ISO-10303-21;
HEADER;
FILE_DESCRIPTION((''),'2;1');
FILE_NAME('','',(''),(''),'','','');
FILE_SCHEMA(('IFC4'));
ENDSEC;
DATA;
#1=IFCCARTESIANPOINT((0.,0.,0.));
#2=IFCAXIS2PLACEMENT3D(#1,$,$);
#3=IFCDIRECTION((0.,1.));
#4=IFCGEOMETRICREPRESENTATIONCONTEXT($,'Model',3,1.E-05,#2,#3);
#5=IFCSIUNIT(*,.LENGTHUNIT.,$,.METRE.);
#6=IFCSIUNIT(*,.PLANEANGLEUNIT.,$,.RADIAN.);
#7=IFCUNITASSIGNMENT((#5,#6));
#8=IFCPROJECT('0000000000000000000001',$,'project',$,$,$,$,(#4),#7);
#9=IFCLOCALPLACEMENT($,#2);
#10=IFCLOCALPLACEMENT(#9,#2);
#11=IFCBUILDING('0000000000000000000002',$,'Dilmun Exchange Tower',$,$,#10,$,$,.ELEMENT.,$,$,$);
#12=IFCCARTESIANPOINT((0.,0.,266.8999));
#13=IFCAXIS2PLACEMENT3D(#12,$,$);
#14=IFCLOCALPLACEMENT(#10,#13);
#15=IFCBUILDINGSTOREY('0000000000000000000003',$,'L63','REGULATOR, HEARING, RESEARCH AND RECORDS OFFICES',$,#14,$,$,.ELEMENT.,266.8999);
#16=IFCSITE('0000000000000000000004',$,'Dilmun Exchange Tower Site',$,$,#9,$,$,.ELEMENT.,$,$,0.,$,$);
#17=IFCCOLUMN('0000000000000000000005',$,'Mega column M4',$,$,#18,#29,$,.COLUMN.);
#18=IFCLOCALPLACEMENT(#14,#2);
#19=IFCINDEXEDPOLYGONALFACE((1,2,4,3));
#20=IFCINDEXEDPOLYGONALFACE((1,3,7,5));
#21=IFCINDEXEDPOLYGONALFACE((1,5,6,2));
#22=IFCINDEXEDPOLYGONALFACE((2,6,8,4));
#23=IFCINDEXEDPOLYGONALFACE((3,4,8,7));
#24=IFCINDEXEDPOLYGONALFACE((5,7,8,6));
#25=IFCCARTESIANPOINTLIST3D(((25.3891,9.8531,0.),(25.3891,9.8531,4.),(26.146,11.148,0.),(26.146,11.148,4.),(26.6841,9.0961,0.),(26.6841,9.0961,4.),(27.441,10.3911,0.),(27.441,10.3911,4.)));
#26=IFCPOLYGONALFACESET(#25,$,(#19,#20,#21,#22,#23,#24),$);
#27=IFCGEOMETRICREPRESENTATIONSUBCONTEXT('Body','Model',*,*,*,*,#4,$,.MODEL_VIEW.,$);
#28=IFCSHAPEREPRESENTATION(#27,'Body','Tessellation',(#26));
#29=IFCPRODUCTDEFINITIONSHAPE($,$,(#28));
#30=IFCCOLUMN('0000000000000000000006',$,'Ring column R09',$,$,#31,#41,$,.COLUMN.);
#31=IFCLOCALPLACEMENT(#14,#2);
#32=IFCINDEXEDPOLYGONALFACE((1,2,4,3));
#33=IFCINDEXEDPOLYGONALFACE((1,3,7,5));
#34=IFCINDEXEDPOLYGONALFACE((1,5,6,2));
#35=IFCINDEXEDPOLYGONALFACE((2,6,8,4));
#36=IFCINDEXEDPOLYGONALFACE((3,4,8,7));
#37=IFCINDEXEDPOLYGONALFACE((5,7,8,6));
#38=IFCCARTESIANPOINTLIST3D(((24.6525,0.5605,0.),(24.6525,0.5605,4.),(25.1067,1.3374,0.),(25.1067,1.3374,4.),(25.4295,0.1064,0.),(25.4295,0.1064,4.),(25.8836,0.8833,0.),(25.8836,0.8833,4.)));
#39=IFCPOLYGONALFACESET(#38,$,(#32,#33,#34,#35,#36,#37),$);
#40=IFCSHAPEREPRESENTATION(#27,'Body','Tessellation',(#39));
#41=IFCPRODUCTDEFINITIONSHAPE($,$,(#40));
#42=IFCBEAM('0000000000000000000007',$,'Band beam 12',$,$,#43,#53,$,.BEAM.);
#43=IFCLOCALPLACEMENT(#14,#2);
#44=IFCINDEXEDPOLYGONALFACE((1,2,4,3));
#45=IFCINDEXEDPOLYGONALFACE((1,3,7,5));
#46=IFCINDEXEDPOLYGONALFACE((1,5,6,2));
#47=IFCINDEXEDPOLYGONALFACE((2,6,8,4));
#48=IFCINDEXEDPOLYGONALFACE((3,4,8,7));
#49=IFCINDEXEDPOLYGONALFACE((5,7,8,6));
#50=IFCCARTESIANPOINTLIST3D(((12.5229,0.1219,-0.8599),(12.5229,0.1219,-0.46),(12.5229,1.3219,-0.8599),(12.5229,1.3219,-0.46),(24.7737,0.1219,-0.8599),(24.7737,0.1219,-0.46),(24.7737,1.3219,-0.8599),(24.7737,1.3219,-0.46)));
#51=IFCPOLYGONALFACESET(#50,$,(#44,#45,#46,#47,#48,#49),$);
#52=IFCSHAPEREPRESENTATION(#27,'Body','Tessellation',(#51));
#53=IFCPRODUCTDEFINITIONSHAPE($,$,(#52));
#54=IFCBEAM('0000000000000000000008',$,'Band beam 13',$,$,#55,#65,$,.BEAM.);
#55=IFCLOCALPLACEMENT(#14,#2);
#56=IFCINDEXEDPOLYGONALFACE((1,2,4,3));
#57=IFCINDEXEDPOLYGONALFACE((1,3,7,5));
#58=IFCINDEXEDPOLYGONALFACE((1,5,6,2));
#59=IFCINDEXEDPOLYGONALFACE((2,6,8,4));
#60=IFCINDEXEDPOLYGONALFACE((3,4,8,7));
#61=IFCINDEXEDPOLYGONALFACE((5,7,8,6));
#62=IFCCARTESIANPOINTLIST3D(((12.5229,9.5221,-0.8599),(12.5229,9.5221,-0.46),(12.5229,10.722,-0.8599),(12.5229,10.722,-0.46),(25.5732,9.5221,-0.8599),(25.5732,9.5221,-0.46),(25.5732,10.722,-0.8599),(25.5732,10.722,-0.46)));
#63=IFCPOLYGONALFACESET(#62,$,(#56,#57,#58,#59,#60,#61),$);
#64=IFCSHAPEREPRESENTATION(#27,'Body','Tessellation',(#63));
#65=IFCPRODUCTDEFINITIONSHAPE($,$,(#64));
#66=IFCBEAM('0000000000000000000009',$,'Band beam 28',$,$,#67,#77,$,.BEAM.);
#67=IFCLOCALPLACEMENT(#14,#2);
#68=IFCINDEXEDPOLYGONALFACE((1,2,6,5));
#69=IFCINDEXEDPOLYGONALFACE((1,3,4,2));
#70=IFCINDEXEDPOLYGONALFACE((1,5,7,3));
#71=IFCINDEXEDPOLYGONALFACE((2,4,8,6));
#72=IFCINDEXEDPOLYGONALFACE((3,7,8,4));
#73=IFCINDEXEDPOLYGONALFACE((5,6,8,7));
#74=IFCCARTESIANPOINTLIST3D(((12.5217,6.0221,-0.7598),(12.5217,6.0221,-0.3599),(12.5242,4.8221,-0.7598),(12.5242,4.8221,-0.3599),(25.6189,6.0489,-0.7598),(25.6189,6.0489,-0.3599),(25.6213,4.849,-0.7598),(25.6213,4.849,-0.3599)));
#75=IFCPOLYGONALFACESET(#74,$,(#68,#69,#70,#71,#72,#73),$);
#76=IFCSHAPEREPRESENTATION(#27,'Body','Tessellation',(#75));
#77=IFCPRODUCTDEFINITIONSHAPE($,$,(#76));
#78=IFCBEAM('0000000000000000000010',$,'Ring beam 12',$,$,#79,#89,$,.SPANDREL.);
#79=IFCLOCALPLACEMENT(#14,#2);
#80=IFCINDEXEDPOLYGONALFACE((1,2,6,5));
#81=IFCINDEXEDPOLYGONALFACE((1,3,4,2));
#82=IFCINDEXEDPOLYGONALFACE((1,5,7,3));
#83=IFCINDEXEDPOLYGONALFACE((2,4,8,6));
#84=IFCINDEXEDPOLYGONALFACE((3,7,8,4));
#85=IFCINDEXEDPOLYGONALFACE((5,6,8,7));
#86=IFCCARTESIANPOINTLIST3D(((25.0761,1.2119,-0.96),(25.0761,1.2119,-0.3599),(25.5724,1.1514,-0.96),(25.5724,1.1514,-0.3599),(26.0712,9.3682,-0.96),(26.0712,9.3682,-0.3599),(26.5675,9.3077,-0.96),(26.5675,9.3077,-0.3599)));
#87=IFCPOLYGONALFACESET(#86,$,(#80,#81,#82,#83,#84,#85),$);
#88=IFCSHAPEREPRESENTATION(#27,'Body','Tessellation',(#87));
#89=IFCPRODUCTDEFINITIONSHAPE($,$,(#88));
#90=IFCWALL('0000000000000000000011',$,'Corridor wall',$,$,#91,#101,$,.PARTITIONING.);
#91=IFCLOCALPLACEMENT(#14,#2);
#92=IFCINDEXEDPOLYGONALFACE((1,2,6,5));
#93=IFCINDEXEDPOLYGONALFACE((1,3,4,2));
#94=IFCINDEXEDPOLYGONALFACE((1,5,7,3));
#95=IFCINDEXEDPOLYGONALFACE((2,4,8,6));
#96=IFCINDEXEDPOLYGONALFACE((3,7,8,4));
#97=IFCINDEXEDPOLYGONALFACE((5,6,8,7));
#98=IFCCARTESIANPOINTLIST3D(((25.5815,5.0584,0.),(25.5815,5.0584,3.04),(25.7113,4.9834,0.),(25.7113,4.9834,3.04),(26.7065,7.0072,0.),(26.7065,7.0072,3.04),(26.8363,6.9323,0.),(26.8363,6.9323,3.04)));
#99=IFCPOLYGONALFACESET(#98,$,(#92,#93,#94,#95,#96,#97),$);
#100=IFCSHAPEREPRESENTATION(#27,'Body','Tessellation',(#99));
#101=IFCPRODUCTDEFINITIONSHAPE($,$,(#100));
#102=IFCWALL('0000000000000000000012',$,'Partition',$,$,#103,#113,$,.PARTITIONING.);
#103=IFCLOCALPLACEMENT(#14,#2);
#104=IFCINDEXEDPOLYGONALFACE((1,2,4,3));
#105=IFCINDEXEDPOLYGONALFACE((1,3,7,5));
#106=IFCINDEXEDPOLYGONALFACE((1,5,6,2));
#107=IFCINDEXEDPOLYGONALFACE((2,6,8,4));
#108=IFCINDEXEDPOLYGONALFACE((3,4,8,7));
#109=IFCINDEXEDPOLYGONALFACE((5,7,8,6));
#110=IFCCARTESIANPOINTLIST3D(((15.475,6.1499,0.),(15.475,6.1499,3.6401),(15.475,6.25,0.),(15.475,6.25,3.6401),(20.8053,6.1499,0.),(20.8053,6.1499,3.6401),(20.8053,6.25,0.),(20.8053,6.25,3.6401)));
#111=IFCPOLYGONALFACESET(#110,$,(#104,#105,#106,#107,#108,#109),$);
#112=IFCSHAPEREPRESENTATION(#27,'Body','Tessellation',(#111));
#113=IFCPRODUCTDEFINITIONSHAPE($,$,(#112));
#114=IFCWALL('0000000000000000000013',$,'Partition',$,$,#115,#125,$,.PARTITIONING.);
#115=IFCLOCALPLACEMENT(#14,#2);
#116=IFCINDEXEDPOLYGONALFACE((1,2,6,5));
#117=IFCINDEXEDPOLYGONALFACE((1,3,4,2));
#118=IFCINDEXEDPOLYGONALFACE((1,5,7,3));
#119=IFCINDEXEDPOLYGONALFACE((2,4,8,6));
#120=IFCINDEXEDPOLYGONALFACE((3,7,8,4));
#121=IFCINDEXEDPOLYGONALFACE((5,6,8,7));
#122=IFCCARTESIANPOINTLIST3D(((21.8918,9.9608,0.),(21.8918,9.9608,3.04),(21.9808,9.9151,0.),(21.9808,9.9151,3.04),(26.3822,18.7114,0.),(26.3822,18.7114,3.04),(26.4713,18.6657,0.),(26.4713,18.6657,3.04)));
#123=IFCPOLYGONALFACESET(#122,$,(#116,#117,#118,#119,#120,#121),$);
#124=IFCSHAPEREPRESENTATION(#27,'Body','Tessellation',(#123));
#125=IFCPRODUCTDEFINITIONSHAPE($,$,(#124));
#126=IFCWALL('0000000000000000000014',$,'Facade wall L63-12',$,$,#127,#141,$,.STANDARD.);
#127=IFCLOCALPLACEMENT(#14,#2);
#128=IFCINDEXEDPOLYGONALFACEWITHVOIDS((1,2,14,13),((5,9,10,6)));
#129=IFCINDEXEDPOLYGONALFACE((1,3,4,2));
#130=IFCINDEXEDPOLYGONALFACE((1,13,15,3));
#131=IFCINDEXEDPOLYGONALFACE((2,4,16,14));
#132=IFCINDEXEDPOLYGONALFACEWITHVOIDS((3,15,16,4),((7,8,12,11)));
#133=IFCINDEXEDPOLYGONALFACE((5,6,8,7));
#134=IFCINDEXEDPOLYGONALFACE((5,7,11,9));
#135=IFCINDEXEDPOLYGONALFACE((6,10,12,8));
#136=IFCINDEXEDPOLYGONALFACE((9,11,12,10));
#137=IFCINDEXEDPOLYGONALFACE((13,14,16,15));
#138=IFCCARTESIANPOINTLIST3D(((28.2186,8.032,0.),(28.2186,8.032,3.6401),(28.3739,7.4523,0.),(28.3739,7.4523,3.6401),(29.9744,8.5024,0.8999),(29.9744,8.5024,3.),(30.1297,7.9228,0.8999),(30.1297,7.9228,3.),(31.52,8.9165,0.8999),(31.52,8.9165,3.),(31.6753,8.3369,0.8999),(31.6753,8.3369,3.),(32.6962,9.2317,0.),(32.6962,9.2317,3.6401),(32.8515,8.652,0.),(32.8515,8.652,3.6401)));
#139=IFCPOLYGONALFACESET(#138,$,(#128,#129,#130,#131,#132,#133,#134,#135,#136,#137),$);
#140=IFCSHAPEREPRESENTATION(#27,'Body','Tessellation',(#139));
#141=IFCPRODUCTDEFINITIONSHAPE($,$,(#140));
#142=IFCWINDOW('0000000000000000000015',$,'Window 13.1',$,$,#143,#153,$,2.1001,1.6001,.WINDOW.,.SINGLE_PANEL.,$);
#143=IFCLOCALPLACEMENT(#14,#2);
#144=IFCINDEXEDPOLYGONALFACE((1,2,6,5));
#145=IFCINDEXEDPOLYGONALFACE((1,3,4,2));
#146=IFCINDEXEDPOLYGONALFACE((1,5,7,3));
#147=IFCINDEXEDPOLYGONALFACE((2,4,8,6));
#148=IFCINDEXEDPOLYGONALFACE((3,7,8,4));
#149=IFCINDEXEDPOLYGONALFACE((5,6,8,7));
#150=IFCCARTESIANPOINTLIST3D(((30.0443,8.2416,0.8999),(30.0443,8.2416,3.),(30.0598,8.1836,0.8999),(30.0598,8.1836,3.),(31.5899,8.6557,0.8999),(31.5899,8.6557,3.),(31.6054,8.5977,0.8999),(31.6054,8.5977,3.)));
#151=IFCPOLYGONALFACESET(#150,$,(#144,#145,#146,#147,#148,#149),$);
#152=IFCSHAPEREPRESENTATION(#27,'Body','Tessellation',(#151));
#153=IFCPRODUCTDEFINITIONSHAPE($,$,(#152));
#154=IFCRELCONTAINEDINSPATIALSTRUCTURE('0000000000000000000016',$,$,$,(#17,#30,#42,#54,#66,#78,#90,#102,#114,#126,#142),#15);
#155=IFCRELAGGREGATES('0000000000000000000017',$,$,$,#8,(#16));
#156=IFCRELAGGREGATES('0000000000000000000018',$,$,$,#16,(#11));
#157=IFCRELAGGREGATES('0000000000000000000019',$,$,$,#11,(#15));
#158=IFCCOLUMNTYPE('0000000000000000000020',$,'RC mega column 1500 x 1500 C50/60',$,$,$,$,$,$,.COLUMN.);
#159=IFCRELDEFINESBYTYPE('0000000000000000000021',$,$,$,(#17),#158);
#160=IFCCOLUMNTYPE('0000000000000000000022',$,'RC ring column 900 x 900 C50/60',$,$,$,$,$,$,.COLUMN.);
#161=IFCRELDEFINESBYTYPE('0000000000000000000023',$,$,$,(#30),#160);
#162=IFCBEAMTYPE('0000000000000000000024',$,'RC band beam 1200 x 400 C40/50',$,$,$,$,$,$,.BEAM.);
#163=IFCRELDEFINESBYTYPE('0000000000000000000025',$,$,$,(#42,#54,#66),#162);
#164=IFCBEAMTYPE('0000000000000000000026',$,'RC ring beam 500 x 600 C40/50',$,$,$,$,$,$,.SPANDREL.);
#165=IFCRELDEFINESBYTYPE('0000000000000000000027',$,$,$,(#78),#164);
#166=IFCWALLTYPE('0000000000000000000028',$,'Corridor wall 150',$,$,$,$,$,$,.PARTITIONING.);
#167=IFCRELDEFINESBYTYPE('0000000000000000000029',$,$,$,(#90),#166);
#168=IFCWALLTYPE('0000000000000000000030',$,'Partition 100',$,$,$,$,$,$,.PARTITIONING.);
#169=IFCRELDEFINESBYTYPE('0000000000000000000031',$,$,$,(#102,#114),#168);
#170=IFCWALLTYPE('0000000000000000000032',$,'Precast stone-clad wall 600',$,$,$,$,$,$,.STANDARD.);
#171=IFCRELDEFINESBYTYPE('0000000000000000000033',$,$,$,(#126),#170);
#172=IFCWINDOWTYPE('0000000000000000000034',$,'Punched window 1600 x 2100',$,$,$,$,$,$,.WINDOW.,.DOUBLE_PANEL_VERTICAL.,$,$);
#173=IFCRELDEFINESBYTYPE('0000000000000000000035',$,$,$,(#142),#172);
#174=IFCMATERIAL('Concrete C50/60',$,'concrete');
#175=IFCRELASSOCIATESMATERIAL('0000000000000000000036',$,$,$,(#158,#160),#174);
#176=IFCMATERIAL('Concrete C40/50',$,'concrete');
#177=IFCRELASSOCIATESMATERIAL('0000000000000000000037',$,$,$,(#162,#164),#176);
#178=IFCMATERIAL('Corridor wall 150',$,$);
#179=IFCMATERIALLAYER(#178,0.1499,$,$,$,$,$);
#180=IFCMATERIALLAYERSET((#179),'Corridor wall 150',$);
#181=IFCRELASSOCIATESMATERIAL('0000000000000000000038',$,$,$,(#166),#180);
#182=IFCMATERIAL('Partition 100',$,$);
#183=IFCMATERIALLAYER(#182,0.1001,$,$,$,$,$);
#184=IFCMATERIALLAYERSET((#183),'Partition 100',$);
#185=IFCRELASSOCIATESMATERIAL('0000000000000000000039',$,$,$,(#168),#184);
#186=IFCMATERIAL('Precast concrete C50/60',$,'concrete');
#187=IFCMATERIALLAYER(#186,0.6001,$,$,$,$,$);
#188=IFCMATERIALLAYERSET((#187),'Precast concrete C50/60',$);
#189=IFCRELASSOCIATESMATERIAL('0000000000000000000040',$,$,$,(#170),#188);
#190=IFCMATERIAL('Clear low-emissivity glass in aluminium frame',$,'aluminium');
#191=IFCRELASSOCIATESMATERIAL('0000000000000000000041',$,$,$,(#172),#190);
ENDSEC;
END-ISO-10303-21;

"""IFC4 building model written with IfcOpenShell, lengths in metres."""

from ifc_helpers import new_model, si_unit, direction, frame, frame_2d, origin, origin_2d, place, context, subcontext, project, spatial, rectangle, extrude, material, layer, layer_set, material_profile, profile_set, type_object, element, fill, save


model = new_model("IFC4")

# Units and contexts
model_context = context("Model", 3, precision=1e-05, world=origin(), true_north=direction((0.0, 1.0)))
body_context = subcontext(model_context, "Body", "Model", "MODEL_VIEW")
ifc_project = project(units=[si_unit("LENGTHUNIT", "METRE"), si_unit("PLANEANGLEUNIT", "RADIAN")], contexts=[model_context])

# Site, building, storey
site_placement = place(None, origin())
site = spatial("IfcSite", under=ifc_project, at=site_placement, Name="Dilmun Exchange Tower Site", CompositionType="ELEMENT", RefElevation=0.0)
building_placement = place(site_placement, origin())
building = spatial("IfcBuilding", under=site, at=building_placement, Name="Dilmun Exchange Tower", CompositionType="ELEMENT")
storey_placement = place(building_placement, frame((0.0, 0.0, 266.8999)))
storey = spatial("IfcBuildingStorey", under=building, at=storey_placement, Name="L63", Description="REGULATOR, HEARING, RESEARCH AND RECORDS OFFICES", CompositionType="ELEMENT", Elevation=266.8999)

# Columns
ifc_material_1 = material(Name="Concrete C50/60", Category="concrete")
ifc_material_profile_1 = material_profile(ifc_material_1, rectangle(XDim=1.5, YDim=1.5, at=origin_2d()), Name="1500 x 1500")
ifc_profile_set_1 = profile_set([ifc_material_profile_1], Name="Concrete C50/60")
column_type_1 = type_object("IfcColumnType", Name="RC mega column 1500 x 1500 C50/60", PredefinedType="COLUMN", material=ifc_profile_set_1)
column_1_placement = place(storey_placement, frame((26.415, 10.1221, 0.0), z_axis=(0.0, 0.0, 1.0), x_axis=(0.504644, 0.863328, 0.0)))
element("IfcColumn", 1, at=column_1_placement, inside=storey, type_object=column_type_1, Name="Mega column M4", PredefinedType="COLUMN", context=body_context, shape_type="SweptSolid", body=[
    extrude(rectangle(XDim=1.5, YDim=1.5, at=origin_2d()), origin(), (0.0, 0.0, 1.0), 4.0),
])
ifc_material_profile_2 = material_profile(ifc_material_1, rectangle(XDim=0.8999, YDim=0.8999, at=origin_2d()), Name="900 x 900")
ifc_profile_set_2 = profile_set([ifc_material_profile_2], Name="Concrete C50/60")
column_type_2 = type_object("IfcColumnType", Name="RC ring column 900 x 900 C50/60", PredefinedType="COLUMN", material=ifc_profile_set_2)
column_2_placement = place(storey_placement, frame((25.2681, 0.7219, 0.0), z_axis=(0.0, 0.0, 1.0), x_axis=(0.504644, 0.863328, 0.0)))
element("IfcColumn", 2, at=column_2_placement, inside=storey, type_object=column_type_2, Name="Ring column R09", PredefinedType="COLUMN", context=body_context, shape_type="SweptSolid", body=[
    extrude(rectangle(XDim=0.8999, YDim=0.8999, at=origin_2d()), origin(), (0.0, 0.0, 1.0), 4.0),
])

# Beams
ifc_material_2 = material(Name="Concrete C40/50", Category="concrete")
ifc_material_profile_3 = material_profile(ifc_material_2, rectangle(XDim=1.2, YDim=0.3999, at=origin_2d()), Name="1200 x 400")
ifc_profile_set_3 = profile_set([ifc_material_profile_3], Name="Concrete C40/50")
beam_type_1 = type_object("IfcBeamType", Name="RC band beam 1200 x 400 C40/50", PredefinedType="BEAM", material=ifc_profile_set_3)
beam_1_placement = place(storey_placement, frame((24.7737, 0.7219, -0.6599), z_axis=(-1.0, 0.0, 0.0), x_axis=(0.0, -1.0, 0.0)))
element("IfcBeam", 3, at=beam_1_placement, inside=storey, type_object=beam_type_1, Name="Band beam 12", PredefinedType="BEAM", context=body_context, shape_type="SweptSolid", body=[
    extrude(rectangle(XDim=1.2, YDim=0.3999, at=origin_2d()), origin(), (0.0, 0.0, 1.0), 12.2507),
])
beam_2_placement = place(storey_placement, frame((25.5732, 10.1221, -0.6599), z_axis=(-1.0, 0.0, 0.0), x_axis=(0.0, -1.0, 0.0)))
element("IfcBeam", 4, at=beam_2_placement, inside=storey, type_object=beam_type_1, Name="Band beam 13", PredefinedType="BEAM", context=body_context, shape_type="SweptSolid", body=[
    extrude(rectangle(XDim=1.2, YDim=0.3999, at=origin_2d()), origin(), (0.0, 0.0, 1.0), 13.0503),
])
beam_3_placement = place(storey_placement, frame((25.6201, 5.449, -0.5598), z_axis=(-0.999998, -0.00205, 0.0), x_axis=(0.00205, -0.999998, 0.0)))
element("IfcBeam", 5, at=beam_3_placement, inside=storey, type_object=beam_type_1, Name="Band beam 28", PredefinedType="BEAM", context=body_context, shape_type="SweptSolid", body=[
    extrude(rectangle(XDim=1.2, YDim=0.3999, at=origin_2d()), origin(), (0.0, 0.0, 1.0), 13.0972),
])
ifc_material_profile_4 = material_profile(ifc_material_2, rectangle(XDim=0.5, YDim=0.6001, at=origin_2d()), Name="500 x 600")
ifc_profile_set_4 = profile_set([ifc_material_profile_4], Name="Concrete C40/50")
beam_type_2 = type_object("IfcBeamType", Name="RC ring beam 500 x 600 C40/50", PredefinedType="SPANDREL", material=ifc_profile_set_4)
beam_4_placement = place(storey_placement, frame((25.3242, 1.1816, -0.6599), z_axis=(0.121109, 0.992639, 0.0), x_axis=(-0.992639, 0.121109, 0.0)))
element("IfcBeam", 6, at=beam_4_placement, inside=storey, type_object=beam_type_2, Name="Ring beam 12", PredefinedType="SPANDREL", context=body_context, shape_type="SweptSolid", body=[
    extrude(rectangle(XDim=0.5, YDim=0.6001, at=origin_2d()), origin(), (0.0, 0.0, 1.0), 8.2168),
])

# Walls
ifc_material_3 = material(Name="Corridor wall 150")
ifc_layer_1 = layer(ifc_material_3, 0.1499)
ifc_layer_set_1 = layer_set([ifc_layer_1], Name="Corridor wall 150")
wall_type_1 = type_object("IfcWallType", Name="Corridor wall 150", PredefinedType="PARTITIONING", material=ifc_layer_set_1)
wall_1_placement = place(storey_placement, frame((25.6465, 5.021, 0.0), z_axis=(0.0, 0.0, 1.0), x_axis=(0.49992, 0.866072, 0.0)))
element("IfcWall", 7, at=wall_1_placement, inside=storey, type_object=wall_type_1, Name="Corridor wall", PredefinedType="PARTITIONING", context=body_context, shape_type="SweptSolid", body=[
    extrude(rectangle(XDim=2.2502, YDim=0.1499, at=frame_2d((1.125, 0.0))), origin(), (0.0, 0.0, 1.0), 3.04),
])
ifc_material_4 = material(Name="Partition 100")
ifc_layer_2 = layer(ifc_material_4, 0.1001)
ifc_layer_set_2 = layer_set([ifc_layer_2], Name="Partition 100")
wall_type_2 = type_object("IfcWallType", Name="Partition 100", PredefinedType="PARTITIONING", material=ifc_layer_set_2)
wall_2_placement = place(storey_placement, frame((15.4751, 6.2, 0.0), z_axis=(0.0, 0.0, 1.0), x_axis=(1.0, 0.0, 0.0)))
element("IfcWall", 8, at=wall_2_placement, inside=storey, type_object=wall_type_2, Name="Partition", PredefinedType="PARTITIONING", context=body_context, shape_type="SweptSolid", body=[
    extrude(rectangle(XDim=5.3303, YDim=0.1001, at=frame_2d((2.665, 0.0))), origin(), (0.0, 0.0, 1.0), 3.6401),
])
wall_3_placement = place(storey_placement, frame((21.9363, 9.938, 0.0), z_axis=(0.0, 0.0, 1.0), x_axis=(0.456562, 0.889692, 0.0)))
element("IfcWall", 9, at=wall_3_placement, inside=storey, type_object=wall_type_2, Name="Partition", PredefinedType="PARTITIONING", context=body_context, shape_type="SweptSolid", body=[
    extrude(rectangle(XDim=9.8354, YDim=0.1001, at=frame_2d((4.9177, 0.0))), origin(), (0.0, 0.0, 1.0), 3.04),
])

# Wall, opening, window
ifc_material_5 = material(Name="Precast concrete C50/60", Category="concrete")
ifc_layer_3 = layer(ifc_material_5, 0.6001)
ifc_layer_set_3 = layer_set([ifc_layer_3], Name="Precast concrete C50/60")
wall_type_3 = type_object("IfcWallType", Name="Precast stone-clad wall 600", PredefinedType="STANDARD", material=ifc_layer_set_3)
wall_4_placement = place(storey_placement, frame((32.7739, 8.9419, 0.0), z_axis=(0.0, 0.0, 1.0), x_axis=(-0.965928, -0.25881, 0.0)))
wall_4 = element("IfcWall", 10, at=wall_4_placement, inside=storey, type_object=wall_type_3, Name="Facade wall L63-12", PredefinedType="STANDARD", context=body_context, shape_type="SweptSolid", body=[
    extrude(rectangle(XDim=4.6355, YDim=0.6001, at=frame_2d((2.3179, 0.0))), origin(), (0.0, 0.0, 1.0), 3.6401),
])
opening_1_placement = place(wall_4_placement, frame((1.2178, 0.0, 0.8999)))
opening_1 = element("IfcOpeningElement", 11, at=opening_1_placement, cuts=wall_4, PredefinedType="OPENING", context=body_context, shape_type="SweptSolid", body=[
    extrude(rectangle(XDim=1.6001, YDim=2.1001, at=frame_2d((0.8, 1.05))), frame((0.0, 0.3101, 0.0), z_axis=(0.0, -1.0, 0.0), x_axis=(1.0, 0.0, 0.0)), (0.0, 0.0, 1.0), 0.6201),
])
ifc_material_6 = material(Name="Clear low-emissivity glass in aluminium frame", Category="aluminium")
window_type = type_object("IfcWindowType", Name="Punched window 1600 x 2100", PartitioningType="DOUBLE_PANEL_VERTICAL", PredefinedType="WINDOW", material=ifc_material_6)
window_1_placement = place(opening_1_placement, origin())
window_1 = element("IfcWindow", 12, at=window_1_placement, inside=storey, type_object=window_type, Name="Window 13.1", OverallHeight=2.1001, OverallWidth=1.6001, PartitioningType="SINGLE_PANEL", PredefinedType="WINDOW", context=body_context, shape_type="SweptSolid", body=[
    extrude(rectangle(XDim=1.6001, YDim=2.1001, at=frame_2d((0.8, 1.05))), frame((0.0, 0.03, 0.0), z_axis=(0.0, -1.0, 0.0), x_axis=(1.0, 0.0, 0.0)), (0.0, 0.0, 1.0), 0.0601),
])
fill(opening_1, window_1)

save(model, "model.ifc")
